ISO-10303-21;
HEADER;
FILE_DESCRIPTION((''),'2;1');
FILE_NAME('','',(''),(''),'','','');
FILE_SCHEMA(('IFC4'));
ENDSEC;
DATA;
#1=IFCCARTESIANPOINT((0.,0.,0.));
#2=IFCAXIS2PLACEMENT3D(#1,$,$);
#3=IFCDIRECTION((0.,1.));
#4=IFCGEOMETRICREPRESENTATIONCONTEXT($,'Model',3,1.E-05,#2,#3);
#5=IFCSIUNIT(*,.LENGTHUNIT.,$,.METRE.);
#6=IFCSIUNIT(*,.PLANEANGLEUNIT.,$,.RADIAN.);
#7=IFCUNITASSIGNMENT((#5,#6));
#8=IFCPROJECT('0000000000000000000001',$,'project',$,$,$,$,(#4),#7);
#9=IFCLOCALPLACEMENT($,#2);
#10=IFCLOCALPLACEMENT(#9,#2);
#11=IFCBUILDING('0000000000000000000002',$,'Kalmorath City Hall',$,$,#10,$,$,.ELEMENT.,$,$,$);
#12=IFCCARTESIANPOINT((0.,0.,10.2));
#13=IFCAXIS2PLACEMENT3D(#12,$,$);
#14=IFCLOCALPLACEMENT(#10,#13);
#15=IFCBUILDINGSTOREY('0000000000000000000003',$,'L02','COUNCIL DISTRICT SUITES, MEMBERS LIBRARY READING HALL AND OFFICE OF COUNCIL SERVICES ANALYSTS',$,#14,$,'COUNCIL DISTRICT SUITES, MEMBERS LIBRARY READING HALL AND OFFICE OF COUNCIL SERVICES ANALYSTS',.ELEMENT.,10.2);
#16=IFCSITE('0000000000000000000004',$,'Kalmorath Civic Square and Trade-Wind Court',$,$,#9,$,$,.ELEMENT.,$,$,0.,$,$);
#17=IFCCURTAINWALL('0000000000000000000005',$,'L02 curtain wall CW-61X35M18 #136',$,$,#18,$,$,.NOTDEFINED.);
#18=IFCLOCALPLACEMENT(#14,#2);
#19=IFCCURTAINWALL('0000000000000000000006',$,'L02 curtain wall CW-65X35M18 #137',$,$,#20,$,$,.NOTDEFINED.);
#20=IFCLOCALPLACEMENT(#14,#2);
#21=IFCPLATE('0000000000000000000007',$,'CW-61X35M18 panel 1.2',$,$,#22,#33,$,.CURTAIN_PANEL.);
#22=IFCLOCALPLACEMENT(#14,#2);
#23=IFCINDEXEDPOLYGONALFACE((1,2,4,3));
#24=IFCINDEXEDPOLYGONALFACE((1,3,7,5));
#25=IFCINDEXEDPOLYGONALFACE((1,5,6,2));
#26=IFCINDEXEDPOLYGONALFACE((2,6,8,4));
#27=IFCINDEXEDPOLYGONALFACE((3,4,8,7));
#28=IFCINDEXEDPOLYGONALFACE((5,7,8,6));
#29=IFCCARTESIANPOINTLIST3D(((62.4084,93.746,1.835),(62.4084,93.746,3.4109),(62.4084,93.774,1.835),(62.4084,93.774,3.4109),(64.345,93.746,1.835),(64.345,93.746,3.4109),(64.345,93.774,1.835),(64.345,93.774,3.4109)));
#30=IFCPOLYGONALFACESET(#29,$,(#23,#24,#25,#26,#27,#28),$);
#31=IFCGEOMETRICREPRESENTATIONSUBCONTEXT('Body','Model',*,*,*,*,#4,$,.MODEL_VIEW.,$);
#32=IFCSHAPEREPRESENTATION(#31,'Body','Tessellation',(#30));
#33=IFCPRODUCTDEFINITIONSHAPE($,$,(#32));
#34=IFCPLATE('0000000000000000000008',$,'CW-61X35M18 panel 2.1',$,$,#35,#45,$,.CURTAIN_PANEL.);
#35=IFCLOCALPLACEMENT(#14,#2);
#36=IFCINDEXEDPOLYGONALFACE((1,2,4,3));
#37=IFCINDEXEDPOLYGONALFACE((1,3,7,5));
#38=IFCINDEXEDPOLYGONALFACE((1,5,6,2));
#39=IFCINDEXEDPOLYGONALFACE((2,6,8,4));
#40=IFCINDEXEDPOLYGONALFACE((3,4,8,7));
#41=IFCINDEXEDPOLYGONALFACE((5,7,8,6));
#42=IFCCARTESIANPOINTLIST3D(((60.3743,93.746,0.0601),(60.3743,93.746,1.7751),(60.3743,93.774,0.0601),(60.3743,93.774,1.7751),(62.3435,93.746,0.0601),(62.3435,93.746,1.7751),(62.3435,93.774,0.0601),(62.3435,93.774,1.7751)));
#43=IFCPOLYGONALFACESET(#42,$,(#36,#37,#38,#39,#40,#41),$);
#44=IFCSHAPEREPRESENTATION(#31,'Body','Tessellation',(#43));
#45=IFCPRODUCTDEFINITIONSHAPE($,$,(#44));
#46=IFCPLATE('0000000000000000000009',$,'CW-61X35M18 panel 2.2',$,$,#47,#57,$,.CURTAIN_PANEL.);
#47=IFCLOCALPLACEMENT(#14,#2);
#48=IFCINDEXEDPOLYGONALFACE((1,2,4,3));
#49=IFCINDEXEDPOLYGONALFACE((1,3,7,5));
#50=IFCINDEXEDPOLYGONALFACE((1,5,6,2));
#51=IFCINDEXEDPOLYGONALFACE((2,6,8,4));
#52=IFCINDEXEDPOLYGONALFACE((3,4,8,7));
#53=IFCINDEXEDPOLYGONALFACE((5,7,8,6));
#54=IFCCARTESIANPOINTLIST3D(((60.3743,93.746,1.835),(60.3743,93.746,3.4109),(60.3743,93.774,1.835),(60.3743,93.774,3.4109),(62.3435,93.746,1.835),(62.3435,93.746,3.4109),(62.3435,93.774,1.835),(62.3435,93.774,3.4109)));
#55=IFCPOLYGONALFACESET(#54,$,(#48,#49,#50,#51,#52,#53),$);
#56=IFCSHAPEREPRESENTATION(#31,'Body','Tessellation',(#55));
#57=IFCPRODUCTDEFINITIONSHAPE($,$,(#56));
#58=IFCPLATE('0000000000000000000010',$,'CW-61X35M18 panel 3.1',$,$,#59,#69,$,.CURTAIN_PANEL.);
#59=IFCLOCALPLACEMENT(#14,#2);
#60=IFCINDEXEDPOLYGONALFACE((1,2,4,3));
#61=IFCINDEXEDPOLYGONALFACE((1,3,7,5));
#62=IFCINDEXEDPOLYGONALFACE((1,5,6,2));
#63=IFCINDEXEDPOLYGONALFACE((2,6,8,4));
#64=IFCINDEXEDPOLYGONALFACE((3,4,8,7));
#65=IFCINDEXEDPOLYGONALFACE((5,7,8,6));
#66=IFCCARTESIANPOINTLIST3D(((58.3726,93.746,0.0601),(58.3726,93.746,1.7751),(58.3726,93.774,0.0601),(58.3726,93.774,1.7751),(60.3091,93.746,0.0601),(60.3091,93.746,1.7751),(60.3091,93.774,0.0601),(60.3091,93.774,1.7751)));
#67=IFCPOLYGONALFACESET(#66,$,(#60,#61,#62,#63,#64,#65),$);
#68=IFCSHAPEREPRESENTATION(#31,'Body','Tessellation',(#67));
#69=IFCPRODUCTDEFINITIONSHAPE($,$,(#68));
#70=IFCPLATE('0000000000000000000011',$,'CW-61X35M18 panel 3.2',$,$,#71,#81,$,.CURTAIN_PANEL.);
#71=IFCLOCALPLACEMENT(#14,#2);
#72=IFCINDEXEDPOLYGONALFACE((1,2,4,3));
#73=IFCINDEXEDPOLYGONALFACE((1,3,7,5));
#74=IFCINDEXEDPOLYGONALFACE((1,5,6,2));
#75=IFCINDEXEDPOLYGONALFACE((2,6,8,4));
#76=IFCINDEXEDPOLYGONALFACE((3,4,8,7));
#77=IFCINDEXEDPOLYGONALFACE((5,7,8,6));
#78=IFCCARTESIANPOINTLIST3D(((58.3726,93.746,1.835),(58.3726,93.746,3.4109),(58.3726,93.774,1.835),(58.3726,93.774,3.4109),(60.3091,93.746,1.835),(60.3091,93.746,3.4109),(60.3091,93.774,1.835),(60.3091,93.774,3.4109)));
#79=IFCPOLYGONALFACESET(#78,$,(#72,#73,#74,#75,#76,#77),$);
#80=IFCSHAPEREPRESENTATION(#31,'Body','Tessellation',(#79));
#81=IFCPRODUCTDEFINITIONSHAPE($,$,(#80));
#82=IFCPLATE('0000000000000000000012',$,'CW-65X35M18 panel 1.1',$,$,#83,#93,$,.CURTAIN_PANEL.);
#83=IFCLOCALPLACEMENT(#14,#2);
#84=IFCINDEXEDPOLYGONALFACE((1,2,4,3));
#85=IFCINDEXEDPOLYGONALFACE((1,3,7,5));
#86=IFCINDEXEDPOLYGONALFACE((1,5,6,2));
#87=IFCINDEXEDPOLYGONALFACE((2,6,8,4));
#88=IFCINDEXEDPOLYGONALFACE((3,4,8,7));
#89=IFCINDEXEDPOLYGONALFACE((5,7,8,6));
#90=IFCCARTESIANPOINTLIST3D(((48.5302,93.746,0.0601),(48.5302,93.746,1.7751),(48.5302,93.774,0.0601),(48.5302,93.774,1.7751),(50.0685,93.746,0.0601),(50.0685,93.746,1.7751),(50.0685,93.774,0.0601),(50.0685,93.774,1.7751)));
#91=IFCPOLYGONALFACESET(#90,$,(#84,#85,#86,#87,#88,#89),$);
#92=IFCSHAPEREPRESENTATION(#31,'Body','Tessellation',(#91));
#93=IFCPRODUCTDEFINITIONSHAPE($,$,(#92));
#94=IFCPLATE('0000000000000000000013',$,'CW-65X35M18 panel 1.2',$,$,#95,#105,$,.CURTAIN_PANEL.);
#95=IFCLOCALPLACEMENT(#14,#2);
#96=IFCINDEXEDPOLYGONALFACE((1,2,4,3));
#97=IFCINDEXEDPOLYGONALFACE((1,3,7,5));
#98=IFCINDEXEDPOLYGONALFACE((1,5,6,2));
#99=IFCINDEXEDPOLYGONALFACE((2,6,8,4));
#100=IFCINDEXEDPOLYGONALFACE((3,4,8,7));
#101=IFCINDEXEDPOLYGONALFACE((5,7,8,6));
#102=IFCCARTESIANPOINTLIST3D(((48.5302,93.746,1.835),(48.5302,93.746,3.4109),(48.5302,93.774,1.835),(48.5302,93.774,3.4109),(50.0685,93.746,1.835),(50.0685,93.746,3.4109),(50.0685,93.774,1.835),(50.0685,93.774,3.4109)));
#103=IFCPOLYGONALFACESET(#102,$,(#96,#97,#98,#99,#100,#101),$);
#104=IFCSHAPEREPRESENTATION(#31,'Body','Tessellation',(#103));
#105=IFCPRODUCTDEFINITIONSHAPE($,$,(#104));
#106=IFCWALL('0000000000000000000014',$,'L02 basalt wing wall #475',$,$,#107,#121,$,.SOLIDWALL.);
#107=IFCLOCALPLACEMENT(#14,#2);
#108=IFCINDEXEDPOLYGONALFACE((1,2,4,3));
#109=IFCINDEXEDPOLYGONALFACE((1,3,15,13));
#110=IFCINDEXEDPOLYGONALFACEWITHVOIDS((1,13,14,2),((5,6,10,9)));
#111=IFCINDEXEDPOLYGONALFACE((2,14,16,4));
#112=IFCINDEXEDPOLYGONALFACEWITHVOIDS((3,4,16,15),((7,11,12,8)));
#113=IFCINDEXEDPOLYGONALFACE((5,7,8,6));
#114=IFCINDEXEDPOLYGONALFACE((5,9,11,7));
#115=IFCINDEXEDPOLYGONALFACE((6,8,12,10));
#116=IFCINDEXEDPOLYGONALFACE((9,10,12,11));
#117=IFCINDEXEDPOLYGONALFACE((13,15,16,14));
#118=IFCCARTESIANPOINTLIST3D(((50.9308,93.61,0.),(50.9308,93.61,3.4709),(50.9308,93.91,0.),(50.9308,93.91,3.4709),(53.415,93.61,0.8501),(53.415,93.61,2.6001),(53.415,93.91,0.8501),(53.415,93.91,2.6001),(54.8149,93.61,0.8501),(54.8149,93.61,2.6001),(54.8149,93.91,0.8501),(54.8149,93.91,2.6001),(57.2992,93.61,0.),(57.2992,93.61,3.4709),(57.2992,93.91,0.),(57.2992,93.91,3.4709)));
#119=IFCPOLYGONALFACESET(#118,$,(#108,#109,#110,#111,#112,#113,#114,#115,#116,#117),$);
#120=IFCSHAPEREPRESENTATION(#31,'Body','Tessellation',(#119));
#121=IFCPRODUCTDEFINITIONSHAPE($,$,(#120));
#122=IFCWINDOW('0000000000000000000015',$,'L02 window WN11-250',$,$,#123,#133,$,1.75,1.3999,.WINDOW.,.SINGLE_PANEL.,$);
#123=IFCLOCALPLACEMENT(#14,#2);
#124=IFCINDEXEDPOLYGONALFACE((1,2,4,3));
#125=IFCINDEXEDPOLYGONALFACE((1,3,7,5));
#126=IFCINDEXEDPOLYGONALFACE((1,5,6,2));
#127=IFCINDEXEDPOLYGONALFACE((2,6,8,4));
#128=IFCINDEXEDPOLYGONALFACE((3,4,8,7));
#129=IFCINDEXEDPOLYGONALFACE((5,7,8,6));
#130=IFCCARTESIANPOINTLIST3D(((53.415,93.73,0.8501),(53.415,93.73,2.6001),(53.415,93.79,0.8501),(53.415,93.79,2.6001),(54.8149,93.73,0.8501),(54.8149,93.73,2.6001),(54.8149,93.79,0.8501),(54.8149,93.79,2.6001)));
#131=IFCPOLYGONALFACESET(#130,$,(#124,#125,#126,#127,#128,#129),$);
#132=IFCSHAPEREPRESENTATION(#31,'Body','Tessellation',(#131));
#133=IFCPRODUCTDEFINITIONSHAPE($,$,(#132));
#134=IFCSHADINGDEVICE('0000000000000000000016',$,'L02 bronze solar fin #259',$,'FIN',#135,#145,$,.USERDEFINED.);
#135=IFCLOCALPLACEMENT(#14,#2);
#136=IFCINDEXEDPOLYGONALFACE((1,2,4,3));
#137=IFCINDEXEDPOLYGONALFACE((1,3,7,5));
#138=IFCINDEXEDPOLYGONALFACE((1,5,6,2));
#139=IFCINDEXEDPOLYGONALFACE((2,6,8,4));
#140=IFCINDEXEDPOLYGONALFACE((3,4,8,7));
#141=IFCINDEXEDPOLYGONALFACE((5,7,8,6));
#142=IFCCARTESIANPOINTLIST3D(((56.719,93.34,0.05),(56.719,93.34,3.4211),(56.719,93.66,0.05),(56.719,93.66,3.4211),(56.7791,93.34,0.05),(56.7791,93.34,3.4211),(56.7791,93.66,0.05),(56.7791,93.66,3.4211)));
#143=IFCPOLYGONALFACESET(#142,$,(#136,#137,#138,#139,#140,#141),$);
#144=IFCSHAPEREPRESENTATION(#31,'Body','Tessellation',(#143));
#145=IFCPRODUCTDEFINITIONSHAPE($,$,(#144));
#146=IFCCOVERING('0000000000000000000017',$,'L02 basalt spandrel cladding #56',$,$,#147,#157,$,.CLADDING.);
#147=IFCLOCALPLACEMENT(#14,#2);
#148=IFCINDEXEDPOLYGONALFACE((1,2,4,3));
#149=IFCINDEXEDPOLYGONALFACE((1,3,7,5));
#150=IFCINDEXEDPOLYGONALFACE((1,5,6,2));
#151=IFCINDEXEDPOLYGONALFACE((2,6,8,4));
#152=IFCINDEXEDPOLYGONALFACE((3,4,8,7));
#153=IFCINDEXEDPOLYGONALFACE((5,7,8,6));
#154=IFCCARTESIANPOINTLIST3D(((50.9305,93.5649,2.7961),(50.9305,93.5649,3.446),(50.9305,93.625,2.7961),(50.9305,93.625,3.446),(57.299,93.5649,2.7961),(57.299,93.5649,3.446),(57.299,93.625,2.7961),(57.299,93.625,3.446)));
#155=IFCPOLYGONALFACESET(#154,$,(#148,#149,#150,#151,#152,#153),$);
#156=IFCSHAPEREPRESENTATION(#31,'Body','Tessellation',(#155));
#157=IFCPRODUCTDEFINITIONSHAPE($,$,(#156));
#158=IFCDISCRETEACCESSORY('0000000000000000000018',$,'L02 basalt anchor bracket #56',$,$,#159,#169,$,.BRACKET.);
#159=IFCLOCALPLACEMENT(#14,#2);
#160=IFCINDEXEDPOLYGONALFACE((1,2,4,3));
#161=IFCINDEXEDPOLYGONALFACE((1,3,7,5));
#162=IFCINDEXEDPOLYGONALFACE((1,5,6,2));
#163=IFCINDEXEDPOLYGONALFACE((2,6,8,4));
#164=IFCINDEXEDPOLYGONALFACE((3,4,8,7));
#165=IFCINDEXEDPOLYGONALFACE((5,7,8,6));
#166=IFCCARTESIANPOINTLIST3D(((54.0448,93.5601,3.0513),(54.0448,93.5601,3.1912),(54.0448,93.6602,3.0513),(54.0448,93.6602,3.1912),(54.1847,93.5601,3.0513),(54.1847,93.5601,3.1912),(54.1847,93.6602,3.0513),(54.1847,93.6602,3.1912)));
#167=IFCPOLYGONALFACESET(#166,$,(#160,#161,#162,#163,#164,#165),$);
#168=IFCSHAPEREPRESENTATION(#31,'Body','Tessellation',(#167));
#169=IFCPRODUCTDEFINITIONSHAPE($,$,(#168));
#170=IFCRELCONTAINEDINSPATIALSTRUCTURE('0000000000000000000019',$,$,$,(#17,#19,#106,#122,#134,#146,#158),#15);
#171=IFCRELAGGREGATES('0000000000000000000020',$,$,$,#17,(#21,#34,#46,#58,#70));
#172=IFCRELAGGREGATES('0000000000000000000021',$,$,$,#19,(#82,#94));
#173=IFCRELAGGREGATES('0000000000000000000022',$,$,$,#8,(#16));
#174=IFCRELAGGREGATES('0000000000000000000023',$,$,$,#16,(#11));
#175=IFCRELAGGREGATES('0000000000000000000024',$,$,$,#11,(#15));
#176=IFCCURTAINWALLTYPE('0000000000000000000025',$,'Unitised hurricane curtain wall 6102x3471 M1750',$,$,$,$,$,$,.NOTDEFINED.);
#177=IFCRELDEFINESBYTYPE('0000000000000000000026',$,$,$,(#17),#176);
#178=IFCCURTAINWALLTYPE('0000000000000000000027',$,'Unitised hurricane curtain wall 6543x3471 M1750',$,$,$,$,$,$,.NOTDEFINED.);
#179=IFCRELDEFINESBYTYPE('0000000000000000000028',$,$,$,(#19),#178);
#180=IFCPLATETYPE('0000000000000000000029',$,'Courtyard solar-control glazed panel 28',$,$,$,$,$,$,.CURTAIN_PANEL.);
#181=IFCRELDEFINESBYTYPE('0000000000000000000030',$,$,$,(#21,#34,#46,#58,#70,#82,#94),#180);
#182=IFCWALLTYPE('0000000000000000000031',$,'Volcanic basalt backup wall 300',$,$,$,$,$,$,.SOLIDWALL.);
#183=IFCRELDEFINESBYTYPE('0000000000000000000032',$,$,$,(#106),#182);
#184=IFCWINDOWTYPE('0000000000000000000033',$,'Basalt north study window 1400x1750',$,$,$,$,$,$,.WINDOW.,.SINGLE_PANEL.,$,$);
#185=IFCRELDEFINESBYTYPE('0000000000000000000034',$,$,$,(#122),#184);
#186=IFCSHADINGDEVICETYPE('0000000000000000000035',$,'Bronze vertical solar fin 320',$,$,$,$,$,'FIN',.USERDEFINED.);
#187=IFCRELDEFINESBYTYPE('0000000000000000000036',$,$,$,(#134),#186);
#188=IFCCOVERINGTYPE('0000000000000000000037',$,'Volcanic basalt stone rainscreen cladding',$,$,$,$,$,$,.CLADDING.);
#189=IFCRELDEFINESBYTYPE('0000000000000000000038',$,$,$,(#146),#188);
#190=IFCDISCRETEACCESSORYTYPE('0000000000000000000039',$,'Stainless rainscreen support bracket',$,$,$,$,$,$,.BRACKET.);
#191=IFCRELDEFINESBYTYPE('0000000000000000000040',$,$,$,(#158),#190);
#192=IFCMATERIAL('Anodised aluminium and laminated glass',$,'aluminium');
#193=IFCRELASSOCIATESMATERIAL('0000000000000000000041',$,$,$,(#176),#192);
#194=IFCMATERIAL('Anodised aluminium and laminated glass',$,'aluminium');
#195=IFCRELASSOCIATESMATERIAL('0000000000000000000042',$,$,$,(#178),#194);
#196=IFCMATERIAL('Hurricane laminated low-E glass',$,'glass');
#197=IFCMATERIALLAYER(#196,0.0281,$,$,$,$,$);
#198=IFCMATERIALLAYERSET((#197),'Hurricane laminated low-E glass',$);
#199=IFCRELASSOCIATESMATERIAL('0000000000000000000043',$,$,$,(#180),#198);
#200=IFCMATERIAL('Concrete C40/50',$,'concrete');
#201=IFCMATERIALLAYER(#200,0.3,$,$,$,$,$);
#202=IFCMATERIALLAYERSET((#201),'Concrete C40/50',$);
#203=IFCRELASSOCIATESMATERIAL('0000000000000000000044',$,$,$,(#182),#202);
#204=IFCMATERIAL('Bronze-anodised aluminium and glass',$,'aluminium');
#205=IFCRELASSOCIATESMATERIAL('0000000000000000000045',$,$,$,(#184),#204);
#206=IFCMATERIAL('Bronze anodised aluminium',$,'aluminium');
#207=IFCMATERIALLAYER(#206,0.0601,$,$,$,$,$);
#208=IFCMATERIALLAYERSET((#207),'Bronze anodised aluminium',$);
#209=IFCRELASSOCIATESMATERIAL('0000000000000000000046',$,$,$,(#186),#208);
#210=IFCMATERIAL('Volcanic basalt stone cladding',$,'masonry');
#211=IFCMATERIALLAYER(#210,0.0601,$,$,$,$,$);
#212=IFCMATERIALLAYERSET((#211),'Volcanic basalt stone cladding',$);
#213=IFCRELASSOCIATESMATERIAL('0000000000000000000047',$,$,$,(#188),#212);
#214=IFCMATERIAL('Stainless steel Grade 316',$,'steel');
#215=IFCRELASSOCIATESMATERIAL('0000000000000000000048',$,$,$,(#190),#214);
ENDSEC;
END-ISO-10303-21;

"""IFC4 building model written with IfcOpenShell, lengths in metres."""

from ifc_helpers import new_model, si_unit, direction, frame, frame_2d, origin, origin_2d, place, context, subcontext, project, spatial, rectangle, extrude, material, layer, layer_set, type_object, element, fill, aggregate, save


model = new_model("IFC4")

# Units and contexts
model_context = context("Model", 3, precision=1e-05, world=origin(), true_north=direction((0.0, 1.0)))
body_context = subcontext(model_context, "Body", "Model", "MODEL_VIEW")
ifc_project = project(units=[si_unit("LENGTHUNIT", "METRE"), si_unit("PLANEANGLEUNIT", "RADIAN")], contexts=[model_context])

# Site, building, storey
site_placement = place(None, origin())
site = spatial("IfcSite", under=ifc_project, at=site_placement, Name="Kalmorath Civic Square and Trade-Wind Court", CompositionType="ELEMENT", RefElevation=0.0)
building_placement = place(site_placement, origin())
building = spatial("IfcBuilding", under=site, at=building_placement, Name="Kalmorath City Hall", CompositionType="ELEMENT")
storey_placement = place(building_placement, frame((0.0, 0.0, 10.2)))
storey = spatial("IfcBuildingStorey", under=building, at=storey_placement, Name="L02", Description="COUNCIL DISTRICT SUITES, MEMBERS LIBRARY READING HALL AND OFFICE OF COUNCIL SERVICES ANALYSTS", LongName="COUNCIL DISTRICT SUITES, MEMBERS LIBRARY READING HALL AND OFFICE OF COUNCIL SERVICES ANALYSTS", CompositionType="ELEMENT", Elevation=10.2)

# Curtain walls
ifc_material_1 = material(Name="Anodised aluminium and laminated glass", Category="aluminium")
curtain_wall_type_1 = type_object("IfcCurtainWallType", Name="Unitised hurricane curtain wall 6102x3471 M1750", PredefinedType="NOTDEFINED", material=ifc_material_1)
curtain_wall_1_placement = place(storey_placement, origin())
curtain_wall_1 = element("IfcCurtainWall", 1, at=curtain_wall_1_placement, inside=storey, type_object=curtain_wall_type_1, Name="L02 curtain wall CW-61X35M18 #136", PredefinedType="NOTDEFINED")
ifc_material_2 = material(Name="Anodised aluminium and laminated glass", Category="aluminium")
curtain_wall_type_2 = type_object("IfcCurtainWallType", Name="Unitised hurricane curtain wall 6543x3471 M1750", PredefinedType="NOTDEFINED", material=ifc_material_2)
curtain_wall_2_placement = place(storey_placement, origin())
curtain_wall_2 = element("IfcCurtainWall", 2, at=curtain_wall_2_placement, inside=storey, type_object=curtain_wall_type_2, Name="L02 curtain wall CW-65X35M18 #137", PredefinedType="NOTDEFINED")

# Plates
ifc_material_3 = material(Name="Hurricane laminated low-E glass", Category="glass")
ifc_layer_1 = layer(ifc_material_3, 0.0281)
ifc_layer_set_1 = layer_set([ifc_layer_1], Name="Hurricane laminated low-E glass")
plate_type = type_object("IfcPlateType", Name="Courtyard solar-control glazed panel 28", PredefinedType="CURTAIN_PANEL", material=ifc_layer_set_1)
plate_1_placement = place(storey_placement, frame((63.3767, 93.76, 1.835), z_axis=(0.0, 0.0, 1.0), x_axis=(-1.0, 0.0, 0.0)))
plate_1 = element("IfcPlate", 3, at=plate_1_placement, type_object=plate_type, Name="CW-61X35M18 panel 1.2", PredefinedType="CURTAIN_PANEL", context=body_context, shape_type="SweptSolid", body=[
    extrude(rectangle(XDim=1.9365, YDim=0.0281, at=origin_2d()), origin(), (0.0, 0.0, 1.0), 1.5759),
])
plate_2_placement = place(storey_placement, frame((61.3589, 93.76, 0.0601), z_axis=(0.0, 0.0, 1.0), x_axis=(-1.0, 0.0, 0.0)))
plate_2 = element("IfcPlate", 4, at=plate_2_placement, type_object=plate_type, Name="CW-61X35M18 panel 2.1", PredefinedType="CURTAIN_PANEL", context=body_context, shape_type="SweptSolid", body=[
    extrude(rectangle(XDim=1.9692, YDim=0.0281, at=origin_2d()), origin(), (0.0, 0.0, 1.0), 1.7151),
])
plate_3_placement = place(storey_placement, frame((61.3589, 93.76, 1.835), z_axis=(0.0, 0.0, 1.0), x_axis=(-1.0, 0.0, 0.0)))
plate_3 = element("IfcPlate", 5, at=plate_3_placement, type_object=plate_type, Name="CW-61X35M18 panel 2.2", PredefinedType="CURTAIN_PANEL", context=body_context, shape_type="SweptSolid", body=[
    extrude(rectangle(XDim=1.9692, YDim=0.0281, at=origin_2d()), origin(), (0.0, 0.0, 1.0), 1.5759),
])
plate_4_placement = place(storey_placement, frame((59.3408, 93.76, 0.0601), z_axis=(0.0, 0.0, 1.0), x_axis=(-1.0, 0.0, 0.0)))
plate_4 = element("IfcPlate", 6, at=plate_4_placement, type_object=plate_type, Name="CW-61X35M18 panel 3.1", PredefinedType="CURTAIN_PANEL", context=body_context, shape_type="SweptSolid", body=[
    extrude(rectangle(XDim=1.9365, YDim=0.0281, at=origin_2d()), origin(), (0.0, 0.0, 1.0), 1.7151),
])
plate_5_placement = place(storey_placement, frame((59.3408, 93.76, 1.835), z_axis=(0.0, 0.0, 1.0), x_axis=(-1.0, 0.0, 0.0)))
plate_5 = element("IfcPlate", 7, at=plate_5_placement, type_object=plate_type, Name="CW-61X35M18 panel 3.2", PredefinedType="CURTAIN_PANEL", context=body_context, shape_type="SweptSolid", body=[
    extrude(rectangle(XDim=1.9365, YDim=0.0281, at=origin_2d()), origin(), (0.0, 0.0, 1.0), 1.5759),
])
aggregate(curtain_wall_1, [plate_1, plate_2, plate_3, plate_4, plate_5])
plate_6_placement = place(storey_placement, frame((49.2993, 93.76, 0.0601), z_axis=(0.0, 0.0, 1.0), x_axis=(-1.0, 0.0, 0.0)))
plate_6 = element("IfcPlate", 8, at=plate_6_placement, type_object=plate_type, Name="CW-65X35M18 panel 1.1", PredefinedType="CURTAIN_PANEL", context=body_context, shape_type="SweptSolid", body=[
    extrude(rectangle(XDim=1.5383, YDim=0.0281, at=origin_2d()), origin(), (0.0, 0.0, 1.0), 1.7151),
])
plate_7_placement = place(storey_placement, frame((49.2993, 93.76, 1.835), z_axis=(0.0, 0.0, 1.0), x_axis=(-1.0, 0.0, 0.0)))
plate_7 = element("IfcPlate", 9, at=plate_7_placement, type_object=plate_type, Name="CW-65X35M18 panel 1.2", PredefinedType="CURTAIN_PANEL", context=body_context, shape_type="SweptSolid", body=[
    extrude(rectangle(XDim=1.5383, YDim=0.0281, at=origin_2d()), origin(), (0.0, 0.0, 1.0), 1.5759),
])
aggregate(curtain_wall_2, [plate_6, plate_7])

# Wall, opening, window
ifc_material_4 = material(Name="Concrete C40/50", Category="concrete")
ifc_layer_2 = layer(ifc_material_4, 0.3)
ifc_layer_set_2 = layer_set([ifc_layer_2], Name="Concrete C40/50")
wall_type = type_object("IfcWallType", Name="Volcanic basalt backup wall 300", PredefinedType="SOLIDWALL", material=ifc_layer_set_2)
wall_placement = place(storey_placement, frame((57.2991, 93.76, 0.0), z_axis=(0.0, 0.0, 1.0), x_axis=(-1.0, 0.0, 0.0)))
wall = element("IfcWall", 10, at=wall_placement, inside=storey, type_object=wall_type, Name="L02 basalt wing wall #475", PredefinedType="SOLIDWALL", context=body_context, shape_type="SweptSolid", body=[
    extrude(rectangle(XDim=6.3684, YDim=0.3, at=frame_2d((3.1841, 0.0))), origin(), (0.0, 0.0, 1.0), 3.4709),
])
opening_placement = place(wall_placement, frame((2.4841, 0.0, 0.8501)))
opening = element("IfcOpeningElement", 11, at=opening_placement, cuts=wall, PredefinedType="OPENING", context=body_context, shape_type="SweptSolid", body=[
    extrude(rectangle(XDim=1.3999, YDim=1.75, at=frame_2d((0.7, 0.875))), frame((0.0, 0.1599, 0.0), z_axis=(0.0, -1.0, 0.0), x_axis=(1.0, 0.0, 0.0)), (0.0, 0.0, 1.0), 0.3201),
])
ifc_material_5 = material(Name="Bronze-anodised aluminium and glass", Category="aluminium")
window_type = type_object("IfcWindowType", Name="Basalt north study window 1400x1750", PartitioningType="SINGLE_PANEL", PredefinedType="WINDOW", material=ifc_material_5)
window_placement = place(opening_placement, origin())
window = element("IfcWindow", 12, at=window_placement, inside=storey, type_object=window_type, Name="L02 window WN11-250", OverallHeight=1.75, OverallWidth=1.3999, PartitioningType="SINGLE_PANEL", PredefinedType="WINDOW", context=body_context, shape_type="SweptSolid", body=[
    extrude(rectangle(XDim=1.3999, YDim=1.75, at=frame_2d((0.7, 0.875))), frame((0.0, 0.03, 0.0), z_axis=(0.0, -1.0, 0.0), x_axis=(1.0, 0.0, 0.0)), (0.0, 0.0, 1.0), 0.0601),
])
fill(opening, window)

# Shading device
ifc_material_6 = material(Name="Bronze anodised aluminium", Category="aluminium")
ifc_layer_3 = layer(ifc_material_6, 0.0601)
ifc_layer_set_3 = layer_set([ifc_layer_3], Name="Bronze anodised aluminium")
shading_device_type = type_object("IfcShadingDeviceType", Name="Bronze vertical solar fin 320", ElementType="FIN", PredefinedType="USERDEFINED", material=ifc_layer_set_3)
shading_device_placement = place(storey_placement, frame((56.749, 93.5, 0.05), z_axis=(0.0, 0.0, 1.0), x_axis=(-1.0, 0.0, 0.0)))
element("IfcShadingDevice", 13, at=shading_device_placement, inside=storey, type_object=shading_device_type, Name="L02 bronze solar fin #259", ObjectType="FIN", PredefinedType="USERDEFINED", context=body_context, shape_type="SweptSolid", body=[
    extrude(rectangle(XDim=0.0601, YDim=0.3201, at=origin_2d()), origin(), (0.0, 0.0, 1.0), 3.3711),
])

# Covering
ifc_material_7 = material(Name="Volcanic basalt stone cladding", Category="masonry")
ifc_layer_4 = layer(ifc_material_7, 0.0601)
ifc_layer_set_4 = layer_set([ifc_layer_4], Name="Volcanic basalt stone cladding")
covering_type = type_object("IfcCoveringType", Name="Volcanic basalt stone rainscreen cladding", PredefinedType="CLADDING", material=ifc_layer_set_4)
covering_placement = place(storey_placement, frame((54.1147, 93.595, 2.7961), z_axis=(0.0, 0.0, 1.0), x_axis=(-1.0, 0.0, 0.0)))
element("IfcCovering", 14, at=covering_placement, inside=storey, type_object=covering_type, Name="L02 basalt spandrel cladding #56", PredefinedType="CLADDING", context=body_context, shape_type="SweptSolid", body=[
    extrude(rectangle(XDim=6.3684, YDim=0.0601, at=origin_2d()), origin(), (0.0, 0.0, 1.0), 0.6499),
])

# Discrete accessory
ifc_material_8 = material(Name="Stainless steel Grade 316", Category="steel")
discrete_accessory_type = type_object("IfcDiscreteAccessoryType", Name="Stainless rainscreen support bracket", PredefinedType="BRACKET", material=ifc_material_8)
discrete_accessory_placement = place(storey_placement, frame((54.1147, 93.6101, 3.0513), z_axis=(0.0, 0.0, 1.0), x_axis=(-1.0, 0.0, 0.0)))
element("IfcDiscreteAccessory", 15, at=discrete_accessory_placement, inside=storey, type_object=discrete_accessory_type, Name="L02 basalt anchor bracket #56", PredefinedType="BRACKET", context=body_context, shape_type="SweptSolid", body=[
    extrude(rectangle(XDim=0.1399, YDim=0.1001, at=origin_2d()), origin(), (0.0, 0.0, 1.0), 0.1399),
])

save(model, "model.ifc")
